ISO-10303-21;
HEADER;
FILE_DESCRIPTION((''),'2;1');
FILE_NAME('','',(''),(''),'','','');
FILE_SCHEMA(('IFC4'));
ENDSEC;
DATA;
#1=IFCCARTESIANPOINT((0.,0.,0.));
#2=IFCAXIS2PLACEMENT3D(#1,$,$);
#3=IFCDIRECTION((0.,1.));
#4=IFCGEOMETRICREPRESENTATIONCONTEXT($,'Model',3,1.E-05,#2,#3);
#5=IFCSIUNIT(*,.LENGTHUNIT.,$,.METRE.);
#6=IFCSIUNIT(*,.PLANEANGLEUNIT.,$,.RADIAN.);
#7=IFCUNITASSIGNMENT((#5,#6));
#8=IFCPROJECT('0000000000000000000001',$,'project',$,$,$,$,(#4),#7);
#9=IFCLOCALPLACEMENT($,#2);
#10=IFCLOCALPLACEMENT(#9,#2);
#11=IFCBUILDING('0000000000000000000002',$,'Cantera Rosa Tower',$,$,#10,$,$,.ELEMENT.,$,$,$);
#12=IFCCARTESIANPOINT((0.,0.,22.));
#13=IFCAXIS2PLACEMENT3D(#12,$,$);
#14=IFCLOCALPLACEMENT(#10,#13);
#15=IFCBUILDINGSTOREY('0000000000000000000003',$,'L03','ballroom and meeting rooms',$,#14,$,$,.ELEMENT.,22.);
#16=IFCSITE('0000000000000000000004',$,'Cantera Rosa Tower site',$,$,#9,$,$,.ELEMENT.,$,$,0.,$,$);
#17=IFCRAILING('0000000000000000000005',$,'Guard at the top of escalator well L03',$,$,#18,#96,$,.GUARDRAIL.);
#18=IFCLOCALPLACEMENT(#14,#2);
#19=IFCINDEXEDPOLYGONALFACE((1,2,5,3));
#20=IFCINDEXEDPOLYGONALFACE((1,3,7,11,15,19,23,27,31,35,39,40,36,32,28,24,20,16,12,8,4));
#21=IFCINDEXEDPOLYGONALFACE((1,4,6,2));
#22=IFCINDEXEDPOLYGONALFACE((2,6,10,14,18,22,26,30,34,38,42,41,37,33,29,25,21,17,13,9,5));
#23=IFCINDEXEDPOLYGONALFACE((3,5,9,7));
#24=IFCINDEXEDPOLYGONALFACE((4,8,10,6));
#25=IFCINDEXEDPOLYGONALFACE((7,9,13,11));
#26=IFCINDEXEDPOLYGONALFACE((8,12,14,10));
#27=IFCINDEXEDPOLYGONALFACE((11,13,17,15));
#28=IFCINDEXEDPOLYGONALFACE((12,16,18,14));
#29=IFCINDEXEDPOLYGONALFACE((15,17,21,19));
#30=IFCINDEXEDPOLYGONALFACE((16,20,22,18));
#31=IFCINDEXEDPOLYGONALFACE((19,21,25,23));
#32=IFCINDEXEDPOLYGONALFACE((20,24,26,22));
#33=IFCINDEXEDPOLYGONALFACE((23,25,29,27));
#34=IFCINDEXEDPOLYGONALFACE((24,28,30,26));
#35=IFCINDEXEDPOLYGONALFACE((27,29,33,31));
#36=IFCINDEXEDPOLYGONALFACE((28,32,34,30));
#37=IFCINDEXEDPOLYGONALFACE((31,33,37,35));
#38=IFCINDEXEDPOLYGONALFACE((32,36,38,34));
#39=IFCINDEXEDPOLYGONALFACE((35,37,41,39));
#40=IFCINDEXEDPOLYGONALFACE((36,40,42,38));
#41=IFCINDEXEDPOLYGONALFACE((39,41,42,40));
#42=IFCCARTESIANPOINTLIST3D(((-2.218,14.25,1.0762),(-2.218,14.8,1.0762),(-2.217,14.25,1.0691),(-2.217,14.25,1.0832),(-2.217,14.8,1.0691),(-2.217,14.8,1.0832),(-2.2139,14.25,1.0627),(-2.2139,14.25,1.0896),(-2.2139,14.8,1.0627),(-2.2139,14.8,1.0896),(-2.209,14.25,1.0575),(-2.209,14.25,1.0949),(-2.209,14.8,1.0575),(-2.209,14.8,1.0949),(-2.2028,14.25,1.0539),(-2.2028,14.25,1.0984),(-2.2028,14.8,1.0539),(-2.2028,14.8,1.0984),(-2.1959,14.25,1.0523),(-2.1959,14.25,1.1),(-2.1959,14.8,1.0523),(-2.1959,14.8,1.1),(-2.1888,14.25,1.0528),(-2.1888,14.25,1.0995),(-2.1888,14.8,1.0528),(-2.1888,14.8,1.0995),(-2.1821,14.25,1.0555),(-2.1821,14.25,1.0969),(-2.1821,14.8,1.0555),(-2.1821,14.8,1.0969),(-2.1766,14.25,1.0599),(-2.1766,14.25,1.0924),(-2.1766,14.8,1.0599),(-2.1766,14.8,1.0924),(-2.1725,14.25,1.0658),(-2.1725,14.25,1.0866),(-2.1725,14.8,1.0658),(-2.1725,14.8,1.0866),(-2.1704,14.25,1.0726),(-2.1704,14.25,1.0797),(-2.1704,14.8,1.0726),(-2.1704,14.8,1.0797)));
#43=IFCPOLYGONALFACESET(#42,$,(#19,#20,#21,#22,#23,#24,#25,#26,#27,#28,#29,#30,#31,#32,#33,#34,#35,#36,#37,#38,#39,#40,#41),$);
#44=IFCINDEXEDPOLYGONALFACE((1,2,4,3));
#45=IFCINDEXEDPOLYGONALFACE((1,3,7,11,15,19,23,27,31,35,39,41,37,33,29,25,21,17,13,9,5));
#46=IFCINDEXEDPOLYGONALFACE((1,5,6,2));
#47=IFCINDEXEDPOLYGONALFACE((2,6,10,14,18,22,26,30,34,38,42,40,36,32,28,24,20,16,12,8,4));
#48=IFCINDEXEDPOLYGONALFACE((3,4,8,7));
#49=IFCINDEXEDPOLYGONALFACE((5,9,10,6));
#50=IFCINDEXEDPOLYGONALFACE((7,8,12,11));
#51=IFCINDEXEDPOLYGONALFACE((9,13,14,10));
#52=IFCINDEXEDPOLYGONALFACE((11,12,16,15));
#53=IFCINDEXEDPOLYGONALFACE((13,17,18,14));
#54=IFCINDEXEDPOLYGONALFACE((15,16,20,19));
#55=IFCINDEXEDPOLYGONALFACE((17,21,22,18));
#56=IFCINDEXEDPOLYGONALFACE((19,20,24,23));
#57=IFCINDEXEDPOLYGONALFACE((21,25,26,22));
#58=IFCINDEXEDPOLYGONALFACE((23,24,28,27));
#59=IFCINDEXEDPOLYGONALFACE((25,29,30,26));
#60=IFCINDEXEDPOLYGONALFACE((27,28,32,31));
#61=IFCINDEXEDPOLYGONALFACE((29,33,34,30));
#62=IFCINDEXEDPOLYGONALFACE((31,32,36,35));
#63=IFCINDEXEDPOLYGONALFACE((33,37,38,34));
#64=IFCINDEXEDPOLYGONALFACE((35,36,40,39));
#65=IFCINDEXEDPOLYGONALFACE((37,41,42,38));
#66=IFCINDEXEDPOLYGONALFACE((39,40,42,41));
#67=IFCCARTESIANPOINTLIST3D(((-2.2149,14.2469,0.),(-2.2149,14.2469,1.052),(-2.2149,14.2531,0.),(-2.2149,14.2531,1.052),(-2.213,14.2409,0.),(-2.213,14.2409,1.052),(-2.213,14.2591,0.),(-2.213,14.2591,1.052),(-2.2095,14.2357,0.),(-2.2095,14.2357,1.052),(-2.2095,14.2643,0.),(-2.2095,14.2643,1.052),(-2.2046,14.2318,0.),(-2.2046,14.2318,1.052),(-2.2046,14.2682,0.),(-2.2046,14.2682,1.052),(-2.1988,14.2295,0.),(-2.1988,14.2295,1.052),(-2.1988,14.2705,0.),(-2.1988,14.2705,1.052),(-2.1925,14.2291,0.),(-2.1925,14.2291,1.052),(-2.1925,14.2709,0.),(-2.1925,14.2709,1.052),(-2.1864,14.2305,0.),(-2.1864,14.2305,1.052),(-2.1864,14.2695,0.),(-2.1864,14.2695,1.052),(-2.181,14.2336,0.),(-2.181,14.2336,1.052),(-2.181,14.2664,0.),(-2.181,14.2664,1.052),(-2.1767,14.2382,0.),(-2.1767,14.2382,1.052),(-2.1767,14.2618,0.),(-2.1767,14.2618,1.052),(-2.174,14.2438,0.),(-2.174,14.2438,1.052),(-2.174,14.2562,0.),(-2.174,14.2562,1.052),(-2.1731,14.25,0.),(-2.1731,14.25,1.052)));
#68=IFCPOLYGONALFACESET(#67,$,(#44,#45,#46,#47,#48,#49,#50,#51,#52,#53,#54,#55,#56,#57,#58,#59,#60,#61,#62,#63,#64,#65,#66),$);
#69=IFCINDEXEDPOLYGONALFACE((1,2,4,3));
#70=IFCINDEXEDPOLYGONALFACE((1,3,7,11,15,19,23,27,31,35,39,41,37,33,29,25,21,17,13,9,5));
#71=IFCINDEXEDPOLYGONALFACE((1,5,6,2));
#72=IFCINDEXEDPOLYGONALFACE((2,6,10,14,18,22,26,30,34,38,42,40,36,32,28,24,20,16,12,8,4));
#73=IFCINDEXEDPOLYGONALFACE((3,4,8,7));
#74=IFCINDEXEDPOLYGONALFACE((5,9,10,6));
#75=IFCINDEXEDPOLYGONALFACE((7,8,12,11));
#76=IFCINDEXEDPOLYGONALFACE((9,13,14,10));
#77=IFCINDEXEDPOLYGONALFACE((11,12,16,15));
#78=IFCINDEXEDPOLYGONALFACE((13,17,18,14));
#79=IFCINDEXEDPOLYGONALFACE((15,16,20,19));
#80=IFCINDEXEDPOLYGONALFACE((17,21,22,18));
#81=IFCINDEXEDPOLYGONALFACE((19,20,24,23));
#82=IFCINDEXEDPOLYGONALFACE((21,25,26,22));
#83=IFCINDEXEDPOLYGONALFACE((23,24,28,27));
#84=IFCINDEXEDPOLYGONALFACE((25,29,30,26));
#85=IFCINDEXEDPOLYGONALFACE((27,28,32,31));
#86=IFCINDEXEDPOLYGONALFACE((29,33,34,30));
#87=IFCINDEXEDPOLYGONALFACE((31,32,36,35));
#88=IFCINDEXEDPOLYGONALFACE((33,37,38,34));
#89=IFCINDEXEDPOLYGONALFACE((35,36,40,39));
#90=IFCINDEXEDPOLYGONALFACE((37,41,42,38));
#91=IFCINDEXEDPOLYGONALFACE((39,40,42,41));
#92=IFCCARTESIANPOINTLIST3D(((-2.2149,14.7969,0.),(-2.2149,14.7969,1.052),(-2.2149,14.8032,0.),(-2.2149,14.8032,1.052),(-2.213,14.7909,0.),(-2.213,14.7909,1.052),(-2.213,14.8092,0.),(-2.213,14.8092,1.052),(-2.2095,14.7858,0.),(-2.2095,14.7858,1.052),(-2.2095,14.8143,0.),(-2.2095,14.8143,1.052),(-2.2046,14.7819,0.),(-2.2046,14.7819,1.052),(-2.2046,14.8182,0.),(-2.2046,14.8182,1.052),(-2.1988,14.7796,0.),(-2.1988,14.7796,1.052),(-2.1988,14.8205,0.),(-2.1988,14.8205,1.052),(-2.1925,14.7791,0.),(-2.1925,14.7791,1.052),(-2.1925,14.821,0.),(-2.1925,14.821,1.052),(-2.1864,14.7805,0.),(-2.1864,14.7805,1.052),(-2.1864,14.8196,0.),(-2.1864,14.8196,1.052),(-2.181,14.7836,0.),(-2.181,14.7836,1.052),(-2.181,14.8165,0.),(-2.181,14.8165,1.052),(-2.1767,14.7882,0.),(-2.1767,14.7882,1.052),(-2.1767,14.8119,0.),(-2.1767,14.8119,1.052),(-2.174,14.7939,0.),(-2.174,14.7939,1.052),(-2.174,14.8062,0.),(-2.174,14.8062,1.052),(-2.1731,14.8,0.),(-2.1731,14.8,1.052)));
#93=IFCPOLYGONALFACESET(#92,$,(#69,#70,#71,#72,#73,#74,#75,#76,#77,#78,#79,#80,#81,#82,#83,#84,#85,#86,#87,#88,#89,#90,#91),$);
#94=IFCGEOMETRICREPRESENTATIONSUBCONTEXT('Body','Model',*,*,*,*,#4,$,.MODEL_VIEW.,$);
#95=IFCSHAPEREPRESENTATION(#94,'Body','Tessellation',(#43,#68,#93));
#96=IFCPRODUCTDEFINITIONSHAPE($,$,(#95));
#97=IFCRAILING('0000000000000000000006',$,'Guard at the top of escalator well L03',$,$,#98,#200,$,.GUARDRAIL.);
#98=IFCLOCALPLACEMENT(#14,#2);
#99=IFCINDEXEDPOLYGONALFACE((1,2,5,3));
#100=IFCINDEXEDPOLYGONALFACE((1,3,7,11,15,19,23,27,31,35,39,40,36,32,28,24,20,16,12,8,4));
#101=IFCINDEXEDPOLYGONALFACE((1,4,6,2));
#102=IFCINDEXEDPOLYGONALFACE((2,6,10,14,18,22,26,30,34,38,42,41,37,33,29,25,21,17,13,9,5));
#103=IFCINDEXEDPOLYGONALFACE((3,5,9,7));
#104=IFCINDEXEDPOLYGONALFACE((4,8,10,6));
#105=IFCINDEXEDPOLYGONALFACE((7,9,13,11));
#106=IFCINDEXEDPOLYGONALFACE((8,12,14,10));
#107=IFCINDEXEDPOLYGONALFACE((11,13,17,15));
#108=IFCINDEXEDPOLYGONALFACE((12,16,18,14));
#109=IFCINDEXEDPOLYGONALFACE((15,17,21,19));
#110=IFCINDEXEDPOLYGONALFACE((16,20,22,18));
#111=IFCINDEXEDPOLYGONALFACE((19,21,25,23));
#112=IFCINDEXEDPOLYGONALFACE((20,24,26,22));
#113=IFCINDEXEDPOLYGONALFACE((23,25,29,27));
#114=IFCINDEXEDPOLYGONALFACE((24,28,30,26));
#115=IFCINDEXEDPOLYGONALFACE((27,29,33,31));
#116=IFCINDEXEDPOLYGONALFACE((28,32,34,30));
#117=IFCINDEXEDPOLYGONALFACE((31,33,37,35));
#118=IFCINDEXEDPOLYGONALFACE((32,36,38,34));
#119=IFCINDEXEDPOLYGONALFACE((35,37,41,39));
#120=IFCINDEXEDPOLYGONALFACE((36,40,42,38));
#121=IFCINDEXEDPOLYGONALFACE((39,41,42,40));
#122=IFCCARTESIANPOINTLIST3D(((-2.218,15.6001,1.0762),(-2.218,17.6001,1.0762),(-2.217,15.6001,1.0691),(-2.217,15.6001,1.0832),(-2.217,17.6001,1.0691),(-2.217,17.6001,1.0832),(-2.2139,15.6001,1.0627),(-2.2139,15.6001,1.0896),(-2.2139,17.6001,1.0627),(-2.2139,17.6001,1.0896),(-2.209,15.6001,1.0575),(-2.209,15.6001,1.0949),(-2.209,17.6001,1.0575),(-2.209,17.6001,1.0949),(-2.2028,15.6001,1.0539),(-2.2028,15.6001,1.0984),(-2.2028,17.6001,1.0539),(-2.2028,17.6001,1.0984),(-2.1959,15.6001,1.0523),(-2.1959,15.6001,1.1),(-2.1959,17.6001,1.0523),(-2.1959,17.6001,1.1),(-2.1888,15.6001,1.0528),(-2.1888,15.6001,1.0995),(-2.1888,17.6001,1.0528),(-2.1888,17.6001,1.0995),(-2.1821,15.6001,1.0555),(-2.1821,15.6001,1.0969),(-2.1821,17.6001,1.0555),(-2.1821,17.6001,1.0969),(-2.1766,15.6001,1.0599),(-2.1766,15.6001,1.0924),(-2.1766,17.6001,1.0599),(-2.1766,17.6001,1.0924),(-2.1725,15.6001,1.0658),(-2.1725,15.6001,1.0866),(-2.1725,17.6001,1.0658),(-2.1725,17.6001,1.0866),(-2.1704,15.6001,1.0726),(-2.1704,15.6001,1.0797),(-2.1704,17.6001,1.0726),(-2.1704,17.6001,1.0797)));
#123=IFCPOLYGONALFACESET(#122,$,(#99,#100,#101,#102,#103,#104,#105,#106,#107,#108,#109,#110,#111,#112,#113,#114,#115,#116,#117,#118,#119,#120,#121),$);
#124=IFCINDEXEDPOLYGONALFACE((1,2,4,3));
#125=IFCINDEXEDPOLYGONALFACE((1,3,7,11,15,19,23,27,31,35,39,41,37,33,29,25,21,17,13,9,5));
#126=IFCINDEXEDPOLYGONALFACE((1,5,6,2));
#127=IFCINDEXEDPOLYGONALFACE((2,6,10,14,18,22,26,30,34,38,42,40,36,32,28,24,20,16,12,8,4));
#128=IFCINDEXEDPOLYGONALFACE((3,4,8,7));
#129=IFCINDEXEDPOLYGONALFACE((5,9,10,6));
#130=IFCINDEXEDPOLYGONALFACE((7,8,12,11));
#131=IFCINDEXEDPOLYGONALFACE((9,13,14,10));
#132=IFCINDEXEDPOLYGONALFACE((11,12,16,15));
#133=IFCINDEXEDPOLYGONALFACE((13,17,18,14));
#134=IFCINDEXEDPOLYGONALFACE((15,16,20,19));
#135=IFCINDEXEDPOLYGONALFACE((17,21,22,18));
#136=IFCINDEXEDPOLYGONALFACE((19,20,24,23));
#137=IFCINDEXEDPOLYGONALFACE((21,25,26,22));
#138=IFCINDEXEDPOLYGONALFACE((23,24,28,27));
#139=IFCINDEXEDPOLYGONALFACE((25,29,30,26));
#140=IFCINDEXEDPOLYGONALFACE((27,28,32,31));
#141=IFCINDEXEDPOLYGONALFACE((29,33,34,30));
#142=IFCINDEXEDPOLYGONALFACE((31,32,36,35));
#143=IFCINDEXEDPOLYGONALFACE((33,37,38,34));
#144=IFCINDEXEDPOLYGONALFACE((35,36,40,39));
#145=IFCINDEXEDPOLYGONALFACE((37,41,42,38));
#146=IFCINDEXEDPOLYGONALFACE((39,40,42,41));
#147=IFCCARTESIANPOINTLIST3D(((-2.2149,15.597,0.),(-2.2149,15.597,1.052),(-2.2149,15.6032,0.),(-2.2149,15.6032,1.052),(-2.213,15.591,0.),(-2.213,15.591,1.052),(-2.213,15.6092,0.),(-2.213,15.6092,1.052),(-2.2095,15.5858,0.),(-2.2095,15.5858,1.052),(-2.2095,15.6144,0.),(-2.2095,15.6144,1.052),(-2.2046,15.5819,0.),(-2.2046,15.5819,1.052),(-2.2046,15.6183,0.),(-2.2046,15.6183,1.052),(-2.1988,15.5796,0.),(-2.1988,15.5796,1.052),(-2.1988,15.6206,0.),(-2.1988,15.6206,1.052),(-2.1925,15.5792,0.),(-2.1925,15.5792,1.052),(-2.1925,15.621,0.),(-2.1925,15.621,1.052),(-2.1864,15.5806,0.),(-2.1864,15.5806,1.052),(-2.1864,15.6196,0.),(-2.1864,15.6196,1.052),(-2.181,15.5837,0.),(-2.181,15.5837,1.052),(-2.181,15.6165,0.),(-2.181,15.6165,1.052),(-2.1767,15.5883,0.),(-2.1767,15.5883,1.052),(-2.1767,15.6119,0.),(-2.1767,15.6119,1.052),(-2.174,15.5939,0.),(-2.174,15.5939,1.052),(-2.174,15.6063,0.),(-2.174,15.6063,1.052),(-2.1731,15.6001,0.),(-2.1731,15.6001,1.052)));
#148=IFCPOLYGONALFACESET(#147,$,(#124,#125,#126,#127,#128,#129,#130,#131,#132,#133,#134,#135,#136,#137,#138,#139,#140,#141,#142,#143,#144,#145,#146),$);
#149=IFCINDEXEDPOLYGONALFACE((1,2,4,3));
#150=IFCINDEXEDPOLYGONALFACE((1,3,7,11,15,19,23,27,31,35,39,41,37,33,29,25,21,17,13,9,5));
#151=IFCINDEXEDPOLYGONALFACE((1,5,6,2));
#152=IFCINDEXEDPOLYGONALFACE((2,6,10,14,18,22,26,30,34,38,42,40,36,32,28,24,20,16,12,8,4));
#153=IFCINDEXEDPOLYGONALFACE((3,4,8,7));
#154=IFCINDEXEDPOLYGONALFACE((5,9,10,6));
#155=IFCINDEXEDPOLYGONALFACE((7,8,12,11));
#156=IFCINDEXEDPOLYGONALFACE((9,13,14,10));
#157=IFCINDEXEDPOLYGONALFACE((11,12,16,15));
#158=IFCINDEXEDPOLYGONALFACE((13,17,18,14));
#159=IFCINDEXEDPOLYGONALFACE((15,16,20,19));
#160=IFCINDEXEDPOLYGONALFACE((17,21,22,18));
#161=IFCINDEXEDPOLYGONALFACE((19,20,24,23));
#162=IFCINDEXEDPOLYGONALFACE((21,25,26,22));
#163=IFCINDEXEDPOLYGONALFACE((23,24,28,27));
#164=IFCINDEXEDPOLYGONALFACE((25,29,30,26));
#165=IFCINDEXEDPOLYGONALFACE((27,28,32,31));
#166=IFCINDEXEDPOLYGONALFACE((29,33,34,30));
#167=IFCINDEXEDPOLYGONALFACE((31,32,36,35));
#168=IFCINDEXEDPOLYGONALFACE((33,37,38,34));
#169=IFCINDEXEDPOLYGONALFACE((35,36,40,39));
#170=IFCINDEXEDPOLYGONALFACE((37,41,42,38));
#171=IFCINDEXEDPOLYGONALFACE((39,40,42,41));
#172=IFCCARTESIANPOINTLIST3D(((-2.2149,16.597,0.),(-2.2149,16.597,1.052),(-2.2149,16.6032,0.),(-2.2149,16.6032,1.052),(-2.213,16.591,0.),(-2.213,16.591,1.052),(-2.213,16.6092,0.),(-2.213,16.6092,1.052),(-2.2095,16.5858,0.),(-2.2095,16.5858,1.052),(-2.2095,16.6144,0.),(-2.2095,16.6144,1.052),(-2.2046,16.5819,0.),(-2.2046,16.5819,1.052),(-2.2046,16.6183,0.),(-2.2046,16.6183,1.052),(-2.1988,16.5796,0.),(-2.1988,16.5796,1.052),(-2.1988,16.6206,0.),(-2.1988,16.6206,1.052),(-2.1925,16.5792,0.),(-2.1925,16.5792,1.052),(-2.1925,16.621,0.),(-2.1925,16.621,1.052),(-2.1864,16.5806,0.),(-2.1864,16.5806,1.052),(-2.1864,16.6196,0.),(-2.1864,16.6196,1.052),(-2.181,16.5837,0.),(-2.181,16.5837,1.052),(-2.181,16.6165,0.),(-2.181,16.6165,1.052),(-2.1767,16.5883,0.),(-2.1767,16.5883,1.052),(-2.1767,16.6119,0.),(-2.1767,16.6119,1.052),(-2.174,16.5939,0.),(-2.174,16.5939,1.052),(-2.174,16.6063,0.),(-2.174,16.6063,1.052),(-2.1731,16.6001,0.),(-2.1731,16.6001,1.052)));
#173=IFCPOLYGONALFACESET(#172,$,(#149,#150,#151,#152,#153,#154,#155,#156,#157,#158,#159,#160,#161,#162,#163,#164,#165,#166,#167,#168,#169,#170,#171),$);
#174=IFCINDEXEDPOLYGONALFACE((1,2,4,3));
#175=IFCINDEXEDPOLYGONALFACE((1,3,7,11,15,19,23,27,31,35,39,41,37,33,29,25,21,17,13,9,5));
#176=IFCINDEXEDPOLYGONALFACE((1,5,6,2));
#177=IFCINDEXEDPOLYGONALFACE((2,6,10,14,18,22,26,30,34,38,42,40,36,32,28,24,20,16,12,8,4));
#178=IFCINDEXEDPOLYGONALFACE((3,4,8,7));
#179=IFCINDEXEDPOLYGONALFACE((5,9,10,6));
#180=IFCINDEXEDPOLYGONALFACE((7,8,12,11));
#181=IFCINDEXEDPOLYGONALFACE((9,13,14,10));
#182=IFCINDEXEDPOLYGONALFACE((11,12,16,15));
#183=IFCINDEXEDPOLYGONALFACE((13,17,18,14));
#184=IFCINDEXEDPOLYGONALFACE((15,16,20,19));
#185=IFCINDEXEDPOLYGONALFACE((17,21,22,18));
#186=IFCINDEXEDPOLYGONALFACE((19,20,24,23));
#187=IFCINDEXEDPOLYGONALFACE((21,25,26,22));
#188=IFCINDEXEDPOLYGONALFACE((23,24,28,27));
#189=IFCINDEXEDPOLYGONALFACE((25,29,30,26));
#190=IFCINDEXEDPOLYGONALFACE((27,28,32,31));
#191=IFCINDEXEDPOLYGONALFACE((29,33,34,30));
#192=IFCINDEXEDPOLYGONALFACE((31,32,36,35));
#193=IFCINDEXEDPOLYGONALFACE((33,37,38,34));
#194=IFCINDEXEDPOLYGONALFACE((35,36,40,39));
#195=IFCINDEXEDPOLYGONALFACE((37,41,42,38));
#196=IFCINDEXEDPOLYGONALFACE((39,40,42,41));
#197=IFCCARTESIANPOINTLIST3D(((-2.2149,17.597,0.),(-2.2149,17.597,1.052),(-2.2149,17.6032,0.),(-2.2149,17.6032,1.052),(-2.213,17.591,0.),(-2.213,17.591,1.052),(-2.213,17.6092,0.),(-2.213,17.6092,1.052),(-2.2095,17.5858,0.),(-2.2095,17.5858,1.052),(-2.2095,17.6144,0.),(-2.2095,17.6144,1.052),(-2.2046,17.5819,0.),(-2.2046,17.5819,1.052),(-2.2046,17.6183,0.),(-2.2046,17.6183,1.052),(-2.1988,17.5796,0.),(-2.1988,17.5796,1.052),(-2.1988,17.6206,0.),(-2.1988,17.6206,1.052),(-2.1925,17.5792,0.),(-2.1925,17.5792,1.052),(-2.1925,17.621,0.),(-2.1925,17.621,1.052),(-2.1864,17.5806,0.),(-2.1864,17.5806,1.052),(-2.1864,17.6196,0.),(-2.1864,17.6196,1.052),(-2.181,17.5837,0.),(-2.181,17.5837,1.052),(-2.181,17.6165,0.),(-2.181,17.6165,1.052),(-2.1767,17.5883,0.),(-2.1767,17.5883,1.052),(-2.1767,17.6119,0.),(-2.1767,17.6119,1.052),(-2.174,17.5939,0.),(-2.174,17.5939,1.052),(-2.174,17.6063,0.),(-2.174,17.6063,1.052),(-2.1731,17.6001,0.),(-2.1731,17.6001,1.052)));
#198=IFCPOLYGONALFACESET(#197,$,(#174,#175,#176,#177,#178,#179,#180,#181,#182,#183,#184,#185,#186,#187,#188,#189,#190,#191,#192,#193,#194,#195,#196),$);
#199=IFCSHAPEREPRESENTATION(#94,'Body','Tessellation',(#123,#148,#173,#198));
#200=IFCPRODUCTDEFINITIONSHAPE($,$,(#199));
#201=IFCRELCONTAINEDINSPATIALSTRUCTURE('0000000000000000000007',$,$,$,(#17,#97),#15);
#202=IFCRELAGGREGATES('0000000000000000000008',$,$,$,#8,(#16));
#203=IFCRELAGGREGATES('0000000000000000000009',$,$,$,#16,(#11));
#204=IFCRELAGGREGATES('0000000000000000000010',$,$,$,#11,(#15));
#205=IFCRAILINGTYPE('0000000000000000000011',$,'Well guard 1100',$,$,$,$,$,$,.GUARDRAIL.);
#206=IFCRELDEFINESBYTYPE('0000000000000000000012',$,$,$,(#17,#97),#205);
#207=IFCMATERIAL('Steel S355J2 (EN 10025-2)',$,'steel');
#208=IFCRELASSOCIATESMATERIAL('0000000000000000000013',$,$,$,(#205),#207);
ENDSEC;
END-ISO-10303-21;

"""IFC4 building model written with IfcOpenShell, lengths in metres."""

from ifc_helpers import new_model, si_unit, direction, frame, origin, origin_2d, place, context, subcontext, project, spatial, circle, extrude, material, type_object, element, save


model = new_model("IFC4")

# Units and contexts
model_context = context("Model", 3, precision=1e-05, world=origin(), true_north=direction((0.0, 1.0)))
body_context = subcontext(model_context, "Body", "Model", "MODEL_VIEW")
ifc_project = project(units=[si_unit("LENGTHUNIT", "METRE"), si_unit("PLANEANGLEUNIT", "RADIAN")], contexts=[model_context])

# Site, building, storey
site_placement = place(None, origin())
site = spatial("IfcSite", under=ifc_project, at=site_placement, Name="Cantera Rosa Tower site", CompositionType="ELEMENT", RefElevation=0.0)
building_placement = place(site_placement, origin())
building = spatial("IfcBuilding", under=site, at=building_placement, Name="Cantera Rosa Tower", CompositionType="ELEMENT")
storey_placement = place(building_placement, frame((0.0, 0.0, 22.0)))
storey = spatial("IfcBuildingStorey", under=building, at=storey_placement, Name="L03", Description="ballroom and meeting rooms", CompositionType="ELEMENT", Elevation=22.0)

# Railings
ifc_material_1 = material(Name="Steel S355J2 (EN 10025-2)", Category="steel")
railing_type_1 = type_object("IfcRailingType", Name="Well guard 1100", PredefinedType="GUARDRAIL", material=ifc_material_1)
railing_1_placement = place(storey_placement, frame((-2.1941, 14.25, 0.0)))
element("IfcRailing", 1, at=railing_1_placement, inside=storey, type_object=railing_type_1, Name="Guard at the top of escalator well L03", PredefinedType="GUARDRAIL", context=body_context, shape_type="SweptSolid", body=[
    extrude(circle(Radius=0.0239, at=origin_2d()), frame((0.0, 0.0, 1.0762), z_axis=(0.0, 1.0, 0.0), x_axis=(-1.0, 0.0, 0.0)), (0.0, 0.0, 1.0), 0.55),
    extrude(circle(Radius=0.021, at=origin_2d()), origin(), (0.0, 0.0, 1.0), 1.052),
    extrude(circle(Radius=0.021, at=origin_2d()), frame((0.0, 0.55, 0.0)), (0.0, 0.0, 1.0), 1.052),
])
railing_2_placement = place(storey_placement, frame((-2.1941, 15.6001, 0.0)))
element("IfcRailing", 2, at=railing_2_placement, inside=storey, type_object=railing_type_1, Name="Guard at the top of escalator well L03", PredefinedType="GUARDRAIL", context=body_context, shape_type="SweptSolid", body=[
    extrude(circle(Radius=0.0239, at=origin_2d()), frame((0.0, 0.0, 1.0762), z_axis=(0.0, 1.0, 0.0), x_axis=(-1.0, 0.0, 0.0)), (0.0, 0.0, 1.0), 2.0),
    extrude(circle(Radius=0.021, at=origin_2d()), origin(), (0.0, 0.0, 1.0), 1.052),
    extrude(circle(Radius=0.021, at=origin_2d()), frame((0.0, 1.0, 0.0)), (0.0, 0.0, 1.0), 1.052),
    extrude(circle(Radius=0.021, at=origin_2d()), frame((0.0, 2.0, 0.0)), (0.0, 0.0, 1.0), 1.052),
])

save(model, "model.ifc")
